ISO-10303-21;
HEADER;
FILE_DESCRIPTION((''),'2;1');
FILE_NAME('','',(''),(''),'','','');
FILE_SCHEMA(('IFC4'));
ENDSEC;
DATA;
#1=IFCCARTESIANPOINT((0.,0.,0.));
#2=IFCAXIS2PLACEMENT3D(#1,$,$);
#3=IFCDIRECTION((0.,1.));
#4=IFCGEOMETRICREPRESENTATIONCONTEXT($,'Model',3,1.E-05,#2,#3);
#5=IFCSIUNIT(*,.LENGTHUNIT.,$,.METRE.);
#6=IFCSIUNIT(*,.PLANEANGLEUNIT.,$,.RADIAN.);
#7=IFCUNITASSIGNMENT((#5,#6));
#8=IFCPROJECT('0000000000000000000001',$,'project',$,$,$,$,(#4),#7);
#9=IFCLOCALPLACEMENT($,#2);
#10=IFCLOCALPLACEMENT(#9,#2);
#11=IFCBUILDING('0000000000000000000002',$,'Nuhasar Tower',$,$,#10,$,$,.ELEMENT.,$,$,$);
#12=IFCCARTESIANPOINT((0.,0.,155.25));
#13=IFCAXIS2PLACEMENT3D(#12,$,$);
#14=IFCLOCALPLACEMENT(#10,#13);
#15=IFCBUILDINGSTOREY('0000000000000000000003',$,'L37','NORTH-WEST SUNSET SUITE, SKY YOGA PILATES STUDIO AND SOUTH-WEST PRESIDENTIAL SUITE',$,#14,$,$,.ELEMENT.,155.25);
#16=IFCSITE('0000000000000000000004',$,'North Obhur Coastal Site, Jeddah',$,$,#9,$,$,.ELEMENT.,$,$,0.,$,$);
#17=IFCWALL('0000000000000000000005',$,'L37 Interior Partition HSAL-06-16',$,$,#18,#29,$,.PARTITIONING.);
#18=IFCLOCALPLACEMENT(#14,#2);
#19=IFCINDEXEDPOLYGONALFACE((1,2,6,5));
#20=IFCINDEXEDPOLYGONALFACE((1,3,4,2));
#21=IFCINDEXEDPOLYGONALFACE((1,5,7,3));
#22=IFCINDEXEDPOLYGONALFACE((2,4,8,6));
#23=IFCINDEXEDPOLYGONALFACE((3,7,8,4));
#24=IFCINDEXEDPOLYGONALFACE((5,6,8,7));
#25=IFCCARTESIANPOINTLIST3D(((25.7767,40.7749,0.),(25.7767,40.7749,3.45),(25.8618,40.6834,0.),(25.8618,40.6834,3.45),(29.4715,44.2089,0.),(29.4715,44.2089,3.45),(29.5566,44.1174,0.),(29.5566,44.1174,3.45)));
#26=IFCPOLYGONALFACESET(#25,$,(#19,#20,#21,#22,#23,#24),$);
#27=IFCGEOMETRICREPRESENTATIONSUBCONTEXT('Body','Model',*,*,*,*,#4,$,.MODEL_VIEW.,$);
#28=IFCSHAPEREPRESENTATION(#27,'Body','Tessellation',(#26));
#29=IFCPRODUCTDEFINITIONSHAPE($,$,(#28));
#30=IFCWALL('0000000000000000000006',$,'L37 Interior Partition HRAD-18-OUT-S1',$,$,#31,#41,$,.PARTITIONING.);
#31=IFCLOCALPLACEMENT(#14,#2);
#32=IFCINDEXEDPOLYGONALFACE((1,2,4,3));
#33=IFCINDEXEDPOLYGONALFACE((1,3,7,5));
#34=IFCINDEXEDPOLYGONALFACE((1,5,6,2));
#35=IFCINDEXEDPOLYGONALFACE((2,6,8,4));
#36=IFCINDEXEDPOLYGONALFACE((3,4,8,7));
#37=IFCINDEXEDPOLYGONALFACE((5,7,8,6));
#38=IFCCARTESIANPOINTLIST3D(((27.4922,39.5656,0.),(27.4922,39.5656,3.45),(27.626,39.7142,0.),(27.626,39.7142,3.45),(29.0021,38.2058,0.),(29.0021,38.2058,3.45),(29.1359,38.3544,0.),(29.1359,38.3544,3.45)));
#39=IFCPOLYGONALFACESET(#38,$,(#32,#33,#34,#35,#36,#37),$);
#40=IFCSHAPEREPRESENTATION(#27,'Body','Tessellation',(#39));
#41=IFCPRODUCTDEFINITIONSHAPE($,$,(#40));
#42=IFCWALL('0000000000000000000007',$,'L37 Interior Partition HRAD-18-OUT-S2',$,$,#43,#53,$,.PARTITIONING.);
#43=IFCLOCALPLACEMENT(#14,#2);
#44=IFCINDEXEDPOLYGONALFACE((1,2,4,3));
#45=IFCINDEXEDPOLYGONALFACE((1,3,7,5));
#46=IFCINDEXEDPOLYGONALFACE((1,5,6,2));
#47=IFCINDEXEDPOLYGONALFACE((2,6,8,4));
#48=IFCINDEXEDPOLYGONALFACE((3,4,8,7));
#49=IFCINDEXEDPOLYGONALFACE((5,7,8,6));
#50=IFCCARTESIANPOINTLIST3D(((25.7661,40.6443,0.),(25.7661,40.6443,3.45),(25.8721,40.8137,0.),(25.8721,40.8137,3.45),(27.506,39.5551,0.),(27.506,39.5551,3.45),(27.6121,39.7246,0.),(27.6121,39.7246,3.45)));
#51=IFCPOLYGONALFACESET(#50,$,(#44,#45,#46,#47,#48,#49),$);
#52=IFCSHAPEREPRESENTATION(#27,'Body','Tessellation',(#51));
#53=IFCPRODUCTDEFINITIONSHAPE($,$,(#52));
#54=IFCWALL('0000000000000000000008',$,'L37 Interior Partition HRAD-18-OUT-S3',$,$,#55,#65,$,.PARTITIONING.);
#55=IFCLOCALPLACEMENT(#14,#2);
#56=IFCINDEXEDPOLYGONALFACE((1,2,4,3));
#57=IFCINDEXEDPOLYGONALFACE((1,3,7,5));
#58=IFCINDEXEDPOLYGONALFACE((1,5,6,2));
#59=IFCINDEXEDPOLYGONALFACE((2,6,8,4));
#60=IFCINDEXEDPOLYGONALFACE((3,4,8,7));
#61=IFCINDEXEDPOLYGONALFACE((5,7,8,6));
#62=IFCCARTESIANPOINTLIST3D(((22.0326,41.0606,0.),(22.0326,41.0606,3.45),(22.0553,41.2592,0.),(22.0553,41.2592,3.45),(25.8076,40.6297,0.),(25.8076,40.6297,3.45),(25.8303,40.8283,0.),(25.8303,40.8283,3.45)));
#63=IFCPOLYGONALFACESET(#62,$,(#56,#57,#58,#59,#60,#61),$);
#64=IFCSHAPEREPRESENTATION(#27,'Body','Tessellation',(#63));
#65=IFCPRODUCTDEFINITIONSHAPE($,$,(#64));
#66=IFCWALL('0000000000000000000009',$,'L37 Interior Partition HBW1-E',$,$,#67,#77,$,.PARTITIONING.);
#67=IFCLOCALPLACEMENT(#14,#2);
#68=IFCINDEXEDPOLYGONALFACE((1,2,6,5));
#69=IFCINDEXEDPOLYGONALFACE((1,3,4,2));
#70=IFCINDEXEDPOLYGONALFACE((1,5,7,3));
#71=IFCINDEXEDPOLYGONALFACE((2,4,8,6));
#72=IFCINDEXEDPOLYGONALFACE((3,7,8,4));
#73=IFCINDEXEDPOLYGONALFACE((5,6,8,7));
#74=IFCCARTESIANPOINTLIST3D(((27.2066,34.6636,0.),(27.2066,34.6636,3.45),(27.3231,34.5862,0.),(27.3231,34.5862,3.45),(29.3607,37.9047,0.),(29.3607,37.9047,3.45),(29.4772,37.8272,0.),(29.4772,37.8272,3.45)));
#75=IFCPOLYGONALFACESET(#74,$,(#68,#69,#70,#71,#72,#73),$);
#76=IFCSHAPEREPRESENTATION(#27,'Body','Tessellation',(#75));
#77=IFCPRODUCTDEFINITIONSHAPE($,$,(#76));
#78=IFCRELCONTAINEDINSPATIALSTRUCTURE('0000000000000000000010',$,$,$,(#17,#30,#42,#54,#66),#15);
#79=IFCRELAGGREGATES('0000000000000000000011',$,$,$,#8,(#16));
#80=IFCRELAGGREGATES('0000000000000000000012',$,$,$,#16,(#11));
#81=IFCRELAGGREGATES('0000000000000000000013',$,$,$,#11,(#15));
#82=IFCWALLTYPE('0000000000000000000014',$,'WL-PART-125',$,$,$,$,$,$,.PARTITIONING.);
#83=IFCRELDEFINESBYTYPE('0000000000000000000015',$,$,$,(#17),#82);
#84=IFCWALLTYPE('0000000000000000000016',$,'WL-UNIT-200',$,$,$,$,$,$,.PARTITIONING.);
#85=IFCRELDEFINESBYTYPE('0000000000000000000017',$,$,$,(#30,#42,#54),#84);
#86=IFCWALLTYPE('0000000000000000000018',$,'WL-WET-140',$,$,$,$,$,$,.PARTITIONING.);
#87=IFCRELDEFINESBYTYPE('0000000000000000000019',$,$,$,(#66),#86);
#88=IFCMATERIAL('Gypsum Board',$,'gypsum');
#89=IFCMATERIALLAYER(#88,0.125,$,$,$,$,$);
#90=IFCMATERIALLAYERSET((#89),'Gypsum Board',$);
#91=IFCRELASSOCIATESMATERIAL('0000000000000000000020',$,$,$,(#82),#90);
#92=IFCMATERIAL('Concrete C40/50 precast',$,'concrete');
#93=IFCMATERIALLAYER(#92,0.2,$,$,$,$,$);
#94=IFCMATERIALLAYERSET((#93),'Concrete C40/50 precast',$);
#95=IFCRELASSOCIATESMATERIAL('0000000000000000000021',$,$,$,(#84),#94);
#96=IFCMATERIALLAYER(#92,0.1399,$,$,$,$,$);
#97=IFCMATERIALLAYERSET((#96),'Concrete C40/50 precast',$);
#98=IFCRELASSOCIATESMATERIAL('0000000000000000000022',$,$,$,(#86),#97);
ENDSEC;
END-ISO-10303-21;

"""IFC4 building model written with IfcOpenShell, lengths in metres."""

from ifc_helpers import new_model, si_unit, direction, frame, frame_2d, origin, place, context, subcontext, project, spatial, rectangle, extrude, material, layer, layer_set, type_object, element, save


model = new_model("IFC4")

# Units and contexts
model_context = context("Model", 3, precision=1e-05, world=origin(), true_north=direction((0.0, 1.0)))
body_context = subcontext(model_context, "Body", "Model", "MODEL_VIEW")
ifc_project = project(units=[si_unit("LENGTHUNIT", "METRE"), si_unit("PLANEANGLEUNIT", "RADIAN")], contexts=[model_context])

# Site, building, storey
site_placement = place(None, origin())
site = spatial("IfcSite", under=ifc_project, at=site_placement, Name="North Obhur Coastal Site, Jeddah", CompositionType="ELEMENT", RefElevation=0.0)
building_placement = place(site_placement, origin())
building = spatial("IfcBuilding", under=site, at=building_placement, Name="Nuhasar Tower", CompositionType="ELEMENT")
storey_placement = place(building_placement, frame((0.0, 0.0, 155.25)))
storey = spatial("IfcBuildingStorey", under=building, at=storey_placement, Name="L37", Description="NORTH-WEST SUNSET SUITE, SKY YOGA PILATES STUDIO AND SOUTH-WEST PRESIDENTIAL SUITE", CompositionType="ELEMENT", Elevation=155.25)

# Walls
ifc_material_1 = material(Name="Gypsum Board", Category="gypsum")
ifc_layer_1 = layer(ifc_material_1, 0.125)
ifc_layer_set_1 = layer_set([ifc_layer_1], Name="Gypsum Board")
wall_type_1 = type_object("IfcWallType", Name="WL-PART-125", PredefinedType="PARTITIONING", material=ifc_layer_set_1)
wall_1_placement = place(storey_placement, frame((29.5139, 44.1631, 0.0), z_axis=(0.0, 0.0, 1.0), x_axis=(-0.73248, -0.680789, 0.0)))
element("IfcWall", 1, at=wall_1_placement, inside=storey, type_object=wall_type_1, Name="L37 Interior Partition HSAL-06-16", PredefinedType="PARTITIONING", context=body_context, shape_type="SweptSolid", body=[
    extrude(rectangle(XDim=5.0442, YDim=0.125, at=frame_2d((2.522, 0.0))), origin(), (0.0, 0.0, 1.0), 3.45),
])
ifc_material_2 = material(Name="Concrete C40/50 precast", Category="concrete")
ifc_layer_2 = layer(ifc_material_2, 0.2)
ifc_layer_set_2 = layer_set([ifc_layer_2], Name="Concrete C40/50 precast")
wall_type_2 = type_object("IfcWallType", Name="WL-UNIT-200", PredefinedType="PARTITIONING", material=ifc_layer_set_2)
wall_2_placement = place(storey_placement, frame((29.0691, 38.28, 0.0), z_axis=(0.0, 0.0, 1.0), x_axis=(-0.743085, 0.669197, 0.0)))
element("IfcWall", 2, at=wall_2_placement, inside=storey, type_object=wall_type_2, Name="L37 Interior Partition HRAD-18-OUT-S1", PredefinedType="PARTITIONING", context=body_context, shape_type="SweptSolid", body=[
    extrude(rectangle(XDim=2.032, YDim=0.2, at=frame_2d((1.0161, 0.0))), origin(), (0.0, 0.0, 1.0), 3.45),
])
wall_3_placement = place(storey_placement, frame((27.5591, 39.6399, 0.0), z_axis=(0.0, 0.0, 1.0), x_axis=(-0.847644, 0.530565, 0.0)))
element("IfcWall", 3, at=wall_3_placement, inside=storey, type_object=wall_type_2, Name="L37 Interior Partition HRAD-18-OUT-S2", PredefinedType="PARTITIONING", context=body_context, shape_type="SweptSolid", body=[
    extrude(rectangle(XDim=2.0527, YDim=0.2, at=frame_2d((1.0264, 0.0))), origin(), (0.0, 0.0, 1.0), 3.45),
])
wall_4_placement = place(storey_placement, frame((25.8191, 40.729, 0.0), z_axis=(0.0, 0.0, 1.0), x_axis=(-0.993549, 0.113407, 0.0)))
element("IfcWall", 4, at=wall_4_placement, inside=storey, type_object=wall_type_2, Name="L37 Interior Partition HRAD-18-OUT-S3", PredefinedType="PARTITIONING", context=body_context, shape_type="SweptSolid", body=[
    extrude(rectangle(XDim=3.7996, YDim=0.2, at=frame_2d((1.8999, 0.0))), origin(), (0.0, 0.0, 1.0), 3.45),
])
ifc_layer_3 = layer(ifc_material_2, 0.1399)
ifc_layer_set_3 = layer_set([ifc_layer_3], Name="Concrete C40/50 precast")
wall_type_3 = type_object("IfcWallType", Name="WL-WET-140", PredefinedType="PARTITIONING", material=ifc_layer_set_3)
wall_5_placement = place(storey_placement, frame((29.4189, 37.866, 0.0), z_axis=(0.0, 0.0, 1.0), x_axis=(-0.553527, -0.832831, 0.0)))
element("IfcWall", 5, at=wall_5_placement, inside=storey, type_object=wall_type_3, Name="L37 Interior Partition HBW1-E", PredefinedType="PARTITIONING", context=body_context, shape_type="SweptSolid", body=[
    extrude(rectangle(XDim=3.8916, YDim=0.1399, at=frame_2d((1.9458, 0.0))), origin(), (0.0, 0.0, 1.0), 3.45),
])

save(model, "model.ifc")
